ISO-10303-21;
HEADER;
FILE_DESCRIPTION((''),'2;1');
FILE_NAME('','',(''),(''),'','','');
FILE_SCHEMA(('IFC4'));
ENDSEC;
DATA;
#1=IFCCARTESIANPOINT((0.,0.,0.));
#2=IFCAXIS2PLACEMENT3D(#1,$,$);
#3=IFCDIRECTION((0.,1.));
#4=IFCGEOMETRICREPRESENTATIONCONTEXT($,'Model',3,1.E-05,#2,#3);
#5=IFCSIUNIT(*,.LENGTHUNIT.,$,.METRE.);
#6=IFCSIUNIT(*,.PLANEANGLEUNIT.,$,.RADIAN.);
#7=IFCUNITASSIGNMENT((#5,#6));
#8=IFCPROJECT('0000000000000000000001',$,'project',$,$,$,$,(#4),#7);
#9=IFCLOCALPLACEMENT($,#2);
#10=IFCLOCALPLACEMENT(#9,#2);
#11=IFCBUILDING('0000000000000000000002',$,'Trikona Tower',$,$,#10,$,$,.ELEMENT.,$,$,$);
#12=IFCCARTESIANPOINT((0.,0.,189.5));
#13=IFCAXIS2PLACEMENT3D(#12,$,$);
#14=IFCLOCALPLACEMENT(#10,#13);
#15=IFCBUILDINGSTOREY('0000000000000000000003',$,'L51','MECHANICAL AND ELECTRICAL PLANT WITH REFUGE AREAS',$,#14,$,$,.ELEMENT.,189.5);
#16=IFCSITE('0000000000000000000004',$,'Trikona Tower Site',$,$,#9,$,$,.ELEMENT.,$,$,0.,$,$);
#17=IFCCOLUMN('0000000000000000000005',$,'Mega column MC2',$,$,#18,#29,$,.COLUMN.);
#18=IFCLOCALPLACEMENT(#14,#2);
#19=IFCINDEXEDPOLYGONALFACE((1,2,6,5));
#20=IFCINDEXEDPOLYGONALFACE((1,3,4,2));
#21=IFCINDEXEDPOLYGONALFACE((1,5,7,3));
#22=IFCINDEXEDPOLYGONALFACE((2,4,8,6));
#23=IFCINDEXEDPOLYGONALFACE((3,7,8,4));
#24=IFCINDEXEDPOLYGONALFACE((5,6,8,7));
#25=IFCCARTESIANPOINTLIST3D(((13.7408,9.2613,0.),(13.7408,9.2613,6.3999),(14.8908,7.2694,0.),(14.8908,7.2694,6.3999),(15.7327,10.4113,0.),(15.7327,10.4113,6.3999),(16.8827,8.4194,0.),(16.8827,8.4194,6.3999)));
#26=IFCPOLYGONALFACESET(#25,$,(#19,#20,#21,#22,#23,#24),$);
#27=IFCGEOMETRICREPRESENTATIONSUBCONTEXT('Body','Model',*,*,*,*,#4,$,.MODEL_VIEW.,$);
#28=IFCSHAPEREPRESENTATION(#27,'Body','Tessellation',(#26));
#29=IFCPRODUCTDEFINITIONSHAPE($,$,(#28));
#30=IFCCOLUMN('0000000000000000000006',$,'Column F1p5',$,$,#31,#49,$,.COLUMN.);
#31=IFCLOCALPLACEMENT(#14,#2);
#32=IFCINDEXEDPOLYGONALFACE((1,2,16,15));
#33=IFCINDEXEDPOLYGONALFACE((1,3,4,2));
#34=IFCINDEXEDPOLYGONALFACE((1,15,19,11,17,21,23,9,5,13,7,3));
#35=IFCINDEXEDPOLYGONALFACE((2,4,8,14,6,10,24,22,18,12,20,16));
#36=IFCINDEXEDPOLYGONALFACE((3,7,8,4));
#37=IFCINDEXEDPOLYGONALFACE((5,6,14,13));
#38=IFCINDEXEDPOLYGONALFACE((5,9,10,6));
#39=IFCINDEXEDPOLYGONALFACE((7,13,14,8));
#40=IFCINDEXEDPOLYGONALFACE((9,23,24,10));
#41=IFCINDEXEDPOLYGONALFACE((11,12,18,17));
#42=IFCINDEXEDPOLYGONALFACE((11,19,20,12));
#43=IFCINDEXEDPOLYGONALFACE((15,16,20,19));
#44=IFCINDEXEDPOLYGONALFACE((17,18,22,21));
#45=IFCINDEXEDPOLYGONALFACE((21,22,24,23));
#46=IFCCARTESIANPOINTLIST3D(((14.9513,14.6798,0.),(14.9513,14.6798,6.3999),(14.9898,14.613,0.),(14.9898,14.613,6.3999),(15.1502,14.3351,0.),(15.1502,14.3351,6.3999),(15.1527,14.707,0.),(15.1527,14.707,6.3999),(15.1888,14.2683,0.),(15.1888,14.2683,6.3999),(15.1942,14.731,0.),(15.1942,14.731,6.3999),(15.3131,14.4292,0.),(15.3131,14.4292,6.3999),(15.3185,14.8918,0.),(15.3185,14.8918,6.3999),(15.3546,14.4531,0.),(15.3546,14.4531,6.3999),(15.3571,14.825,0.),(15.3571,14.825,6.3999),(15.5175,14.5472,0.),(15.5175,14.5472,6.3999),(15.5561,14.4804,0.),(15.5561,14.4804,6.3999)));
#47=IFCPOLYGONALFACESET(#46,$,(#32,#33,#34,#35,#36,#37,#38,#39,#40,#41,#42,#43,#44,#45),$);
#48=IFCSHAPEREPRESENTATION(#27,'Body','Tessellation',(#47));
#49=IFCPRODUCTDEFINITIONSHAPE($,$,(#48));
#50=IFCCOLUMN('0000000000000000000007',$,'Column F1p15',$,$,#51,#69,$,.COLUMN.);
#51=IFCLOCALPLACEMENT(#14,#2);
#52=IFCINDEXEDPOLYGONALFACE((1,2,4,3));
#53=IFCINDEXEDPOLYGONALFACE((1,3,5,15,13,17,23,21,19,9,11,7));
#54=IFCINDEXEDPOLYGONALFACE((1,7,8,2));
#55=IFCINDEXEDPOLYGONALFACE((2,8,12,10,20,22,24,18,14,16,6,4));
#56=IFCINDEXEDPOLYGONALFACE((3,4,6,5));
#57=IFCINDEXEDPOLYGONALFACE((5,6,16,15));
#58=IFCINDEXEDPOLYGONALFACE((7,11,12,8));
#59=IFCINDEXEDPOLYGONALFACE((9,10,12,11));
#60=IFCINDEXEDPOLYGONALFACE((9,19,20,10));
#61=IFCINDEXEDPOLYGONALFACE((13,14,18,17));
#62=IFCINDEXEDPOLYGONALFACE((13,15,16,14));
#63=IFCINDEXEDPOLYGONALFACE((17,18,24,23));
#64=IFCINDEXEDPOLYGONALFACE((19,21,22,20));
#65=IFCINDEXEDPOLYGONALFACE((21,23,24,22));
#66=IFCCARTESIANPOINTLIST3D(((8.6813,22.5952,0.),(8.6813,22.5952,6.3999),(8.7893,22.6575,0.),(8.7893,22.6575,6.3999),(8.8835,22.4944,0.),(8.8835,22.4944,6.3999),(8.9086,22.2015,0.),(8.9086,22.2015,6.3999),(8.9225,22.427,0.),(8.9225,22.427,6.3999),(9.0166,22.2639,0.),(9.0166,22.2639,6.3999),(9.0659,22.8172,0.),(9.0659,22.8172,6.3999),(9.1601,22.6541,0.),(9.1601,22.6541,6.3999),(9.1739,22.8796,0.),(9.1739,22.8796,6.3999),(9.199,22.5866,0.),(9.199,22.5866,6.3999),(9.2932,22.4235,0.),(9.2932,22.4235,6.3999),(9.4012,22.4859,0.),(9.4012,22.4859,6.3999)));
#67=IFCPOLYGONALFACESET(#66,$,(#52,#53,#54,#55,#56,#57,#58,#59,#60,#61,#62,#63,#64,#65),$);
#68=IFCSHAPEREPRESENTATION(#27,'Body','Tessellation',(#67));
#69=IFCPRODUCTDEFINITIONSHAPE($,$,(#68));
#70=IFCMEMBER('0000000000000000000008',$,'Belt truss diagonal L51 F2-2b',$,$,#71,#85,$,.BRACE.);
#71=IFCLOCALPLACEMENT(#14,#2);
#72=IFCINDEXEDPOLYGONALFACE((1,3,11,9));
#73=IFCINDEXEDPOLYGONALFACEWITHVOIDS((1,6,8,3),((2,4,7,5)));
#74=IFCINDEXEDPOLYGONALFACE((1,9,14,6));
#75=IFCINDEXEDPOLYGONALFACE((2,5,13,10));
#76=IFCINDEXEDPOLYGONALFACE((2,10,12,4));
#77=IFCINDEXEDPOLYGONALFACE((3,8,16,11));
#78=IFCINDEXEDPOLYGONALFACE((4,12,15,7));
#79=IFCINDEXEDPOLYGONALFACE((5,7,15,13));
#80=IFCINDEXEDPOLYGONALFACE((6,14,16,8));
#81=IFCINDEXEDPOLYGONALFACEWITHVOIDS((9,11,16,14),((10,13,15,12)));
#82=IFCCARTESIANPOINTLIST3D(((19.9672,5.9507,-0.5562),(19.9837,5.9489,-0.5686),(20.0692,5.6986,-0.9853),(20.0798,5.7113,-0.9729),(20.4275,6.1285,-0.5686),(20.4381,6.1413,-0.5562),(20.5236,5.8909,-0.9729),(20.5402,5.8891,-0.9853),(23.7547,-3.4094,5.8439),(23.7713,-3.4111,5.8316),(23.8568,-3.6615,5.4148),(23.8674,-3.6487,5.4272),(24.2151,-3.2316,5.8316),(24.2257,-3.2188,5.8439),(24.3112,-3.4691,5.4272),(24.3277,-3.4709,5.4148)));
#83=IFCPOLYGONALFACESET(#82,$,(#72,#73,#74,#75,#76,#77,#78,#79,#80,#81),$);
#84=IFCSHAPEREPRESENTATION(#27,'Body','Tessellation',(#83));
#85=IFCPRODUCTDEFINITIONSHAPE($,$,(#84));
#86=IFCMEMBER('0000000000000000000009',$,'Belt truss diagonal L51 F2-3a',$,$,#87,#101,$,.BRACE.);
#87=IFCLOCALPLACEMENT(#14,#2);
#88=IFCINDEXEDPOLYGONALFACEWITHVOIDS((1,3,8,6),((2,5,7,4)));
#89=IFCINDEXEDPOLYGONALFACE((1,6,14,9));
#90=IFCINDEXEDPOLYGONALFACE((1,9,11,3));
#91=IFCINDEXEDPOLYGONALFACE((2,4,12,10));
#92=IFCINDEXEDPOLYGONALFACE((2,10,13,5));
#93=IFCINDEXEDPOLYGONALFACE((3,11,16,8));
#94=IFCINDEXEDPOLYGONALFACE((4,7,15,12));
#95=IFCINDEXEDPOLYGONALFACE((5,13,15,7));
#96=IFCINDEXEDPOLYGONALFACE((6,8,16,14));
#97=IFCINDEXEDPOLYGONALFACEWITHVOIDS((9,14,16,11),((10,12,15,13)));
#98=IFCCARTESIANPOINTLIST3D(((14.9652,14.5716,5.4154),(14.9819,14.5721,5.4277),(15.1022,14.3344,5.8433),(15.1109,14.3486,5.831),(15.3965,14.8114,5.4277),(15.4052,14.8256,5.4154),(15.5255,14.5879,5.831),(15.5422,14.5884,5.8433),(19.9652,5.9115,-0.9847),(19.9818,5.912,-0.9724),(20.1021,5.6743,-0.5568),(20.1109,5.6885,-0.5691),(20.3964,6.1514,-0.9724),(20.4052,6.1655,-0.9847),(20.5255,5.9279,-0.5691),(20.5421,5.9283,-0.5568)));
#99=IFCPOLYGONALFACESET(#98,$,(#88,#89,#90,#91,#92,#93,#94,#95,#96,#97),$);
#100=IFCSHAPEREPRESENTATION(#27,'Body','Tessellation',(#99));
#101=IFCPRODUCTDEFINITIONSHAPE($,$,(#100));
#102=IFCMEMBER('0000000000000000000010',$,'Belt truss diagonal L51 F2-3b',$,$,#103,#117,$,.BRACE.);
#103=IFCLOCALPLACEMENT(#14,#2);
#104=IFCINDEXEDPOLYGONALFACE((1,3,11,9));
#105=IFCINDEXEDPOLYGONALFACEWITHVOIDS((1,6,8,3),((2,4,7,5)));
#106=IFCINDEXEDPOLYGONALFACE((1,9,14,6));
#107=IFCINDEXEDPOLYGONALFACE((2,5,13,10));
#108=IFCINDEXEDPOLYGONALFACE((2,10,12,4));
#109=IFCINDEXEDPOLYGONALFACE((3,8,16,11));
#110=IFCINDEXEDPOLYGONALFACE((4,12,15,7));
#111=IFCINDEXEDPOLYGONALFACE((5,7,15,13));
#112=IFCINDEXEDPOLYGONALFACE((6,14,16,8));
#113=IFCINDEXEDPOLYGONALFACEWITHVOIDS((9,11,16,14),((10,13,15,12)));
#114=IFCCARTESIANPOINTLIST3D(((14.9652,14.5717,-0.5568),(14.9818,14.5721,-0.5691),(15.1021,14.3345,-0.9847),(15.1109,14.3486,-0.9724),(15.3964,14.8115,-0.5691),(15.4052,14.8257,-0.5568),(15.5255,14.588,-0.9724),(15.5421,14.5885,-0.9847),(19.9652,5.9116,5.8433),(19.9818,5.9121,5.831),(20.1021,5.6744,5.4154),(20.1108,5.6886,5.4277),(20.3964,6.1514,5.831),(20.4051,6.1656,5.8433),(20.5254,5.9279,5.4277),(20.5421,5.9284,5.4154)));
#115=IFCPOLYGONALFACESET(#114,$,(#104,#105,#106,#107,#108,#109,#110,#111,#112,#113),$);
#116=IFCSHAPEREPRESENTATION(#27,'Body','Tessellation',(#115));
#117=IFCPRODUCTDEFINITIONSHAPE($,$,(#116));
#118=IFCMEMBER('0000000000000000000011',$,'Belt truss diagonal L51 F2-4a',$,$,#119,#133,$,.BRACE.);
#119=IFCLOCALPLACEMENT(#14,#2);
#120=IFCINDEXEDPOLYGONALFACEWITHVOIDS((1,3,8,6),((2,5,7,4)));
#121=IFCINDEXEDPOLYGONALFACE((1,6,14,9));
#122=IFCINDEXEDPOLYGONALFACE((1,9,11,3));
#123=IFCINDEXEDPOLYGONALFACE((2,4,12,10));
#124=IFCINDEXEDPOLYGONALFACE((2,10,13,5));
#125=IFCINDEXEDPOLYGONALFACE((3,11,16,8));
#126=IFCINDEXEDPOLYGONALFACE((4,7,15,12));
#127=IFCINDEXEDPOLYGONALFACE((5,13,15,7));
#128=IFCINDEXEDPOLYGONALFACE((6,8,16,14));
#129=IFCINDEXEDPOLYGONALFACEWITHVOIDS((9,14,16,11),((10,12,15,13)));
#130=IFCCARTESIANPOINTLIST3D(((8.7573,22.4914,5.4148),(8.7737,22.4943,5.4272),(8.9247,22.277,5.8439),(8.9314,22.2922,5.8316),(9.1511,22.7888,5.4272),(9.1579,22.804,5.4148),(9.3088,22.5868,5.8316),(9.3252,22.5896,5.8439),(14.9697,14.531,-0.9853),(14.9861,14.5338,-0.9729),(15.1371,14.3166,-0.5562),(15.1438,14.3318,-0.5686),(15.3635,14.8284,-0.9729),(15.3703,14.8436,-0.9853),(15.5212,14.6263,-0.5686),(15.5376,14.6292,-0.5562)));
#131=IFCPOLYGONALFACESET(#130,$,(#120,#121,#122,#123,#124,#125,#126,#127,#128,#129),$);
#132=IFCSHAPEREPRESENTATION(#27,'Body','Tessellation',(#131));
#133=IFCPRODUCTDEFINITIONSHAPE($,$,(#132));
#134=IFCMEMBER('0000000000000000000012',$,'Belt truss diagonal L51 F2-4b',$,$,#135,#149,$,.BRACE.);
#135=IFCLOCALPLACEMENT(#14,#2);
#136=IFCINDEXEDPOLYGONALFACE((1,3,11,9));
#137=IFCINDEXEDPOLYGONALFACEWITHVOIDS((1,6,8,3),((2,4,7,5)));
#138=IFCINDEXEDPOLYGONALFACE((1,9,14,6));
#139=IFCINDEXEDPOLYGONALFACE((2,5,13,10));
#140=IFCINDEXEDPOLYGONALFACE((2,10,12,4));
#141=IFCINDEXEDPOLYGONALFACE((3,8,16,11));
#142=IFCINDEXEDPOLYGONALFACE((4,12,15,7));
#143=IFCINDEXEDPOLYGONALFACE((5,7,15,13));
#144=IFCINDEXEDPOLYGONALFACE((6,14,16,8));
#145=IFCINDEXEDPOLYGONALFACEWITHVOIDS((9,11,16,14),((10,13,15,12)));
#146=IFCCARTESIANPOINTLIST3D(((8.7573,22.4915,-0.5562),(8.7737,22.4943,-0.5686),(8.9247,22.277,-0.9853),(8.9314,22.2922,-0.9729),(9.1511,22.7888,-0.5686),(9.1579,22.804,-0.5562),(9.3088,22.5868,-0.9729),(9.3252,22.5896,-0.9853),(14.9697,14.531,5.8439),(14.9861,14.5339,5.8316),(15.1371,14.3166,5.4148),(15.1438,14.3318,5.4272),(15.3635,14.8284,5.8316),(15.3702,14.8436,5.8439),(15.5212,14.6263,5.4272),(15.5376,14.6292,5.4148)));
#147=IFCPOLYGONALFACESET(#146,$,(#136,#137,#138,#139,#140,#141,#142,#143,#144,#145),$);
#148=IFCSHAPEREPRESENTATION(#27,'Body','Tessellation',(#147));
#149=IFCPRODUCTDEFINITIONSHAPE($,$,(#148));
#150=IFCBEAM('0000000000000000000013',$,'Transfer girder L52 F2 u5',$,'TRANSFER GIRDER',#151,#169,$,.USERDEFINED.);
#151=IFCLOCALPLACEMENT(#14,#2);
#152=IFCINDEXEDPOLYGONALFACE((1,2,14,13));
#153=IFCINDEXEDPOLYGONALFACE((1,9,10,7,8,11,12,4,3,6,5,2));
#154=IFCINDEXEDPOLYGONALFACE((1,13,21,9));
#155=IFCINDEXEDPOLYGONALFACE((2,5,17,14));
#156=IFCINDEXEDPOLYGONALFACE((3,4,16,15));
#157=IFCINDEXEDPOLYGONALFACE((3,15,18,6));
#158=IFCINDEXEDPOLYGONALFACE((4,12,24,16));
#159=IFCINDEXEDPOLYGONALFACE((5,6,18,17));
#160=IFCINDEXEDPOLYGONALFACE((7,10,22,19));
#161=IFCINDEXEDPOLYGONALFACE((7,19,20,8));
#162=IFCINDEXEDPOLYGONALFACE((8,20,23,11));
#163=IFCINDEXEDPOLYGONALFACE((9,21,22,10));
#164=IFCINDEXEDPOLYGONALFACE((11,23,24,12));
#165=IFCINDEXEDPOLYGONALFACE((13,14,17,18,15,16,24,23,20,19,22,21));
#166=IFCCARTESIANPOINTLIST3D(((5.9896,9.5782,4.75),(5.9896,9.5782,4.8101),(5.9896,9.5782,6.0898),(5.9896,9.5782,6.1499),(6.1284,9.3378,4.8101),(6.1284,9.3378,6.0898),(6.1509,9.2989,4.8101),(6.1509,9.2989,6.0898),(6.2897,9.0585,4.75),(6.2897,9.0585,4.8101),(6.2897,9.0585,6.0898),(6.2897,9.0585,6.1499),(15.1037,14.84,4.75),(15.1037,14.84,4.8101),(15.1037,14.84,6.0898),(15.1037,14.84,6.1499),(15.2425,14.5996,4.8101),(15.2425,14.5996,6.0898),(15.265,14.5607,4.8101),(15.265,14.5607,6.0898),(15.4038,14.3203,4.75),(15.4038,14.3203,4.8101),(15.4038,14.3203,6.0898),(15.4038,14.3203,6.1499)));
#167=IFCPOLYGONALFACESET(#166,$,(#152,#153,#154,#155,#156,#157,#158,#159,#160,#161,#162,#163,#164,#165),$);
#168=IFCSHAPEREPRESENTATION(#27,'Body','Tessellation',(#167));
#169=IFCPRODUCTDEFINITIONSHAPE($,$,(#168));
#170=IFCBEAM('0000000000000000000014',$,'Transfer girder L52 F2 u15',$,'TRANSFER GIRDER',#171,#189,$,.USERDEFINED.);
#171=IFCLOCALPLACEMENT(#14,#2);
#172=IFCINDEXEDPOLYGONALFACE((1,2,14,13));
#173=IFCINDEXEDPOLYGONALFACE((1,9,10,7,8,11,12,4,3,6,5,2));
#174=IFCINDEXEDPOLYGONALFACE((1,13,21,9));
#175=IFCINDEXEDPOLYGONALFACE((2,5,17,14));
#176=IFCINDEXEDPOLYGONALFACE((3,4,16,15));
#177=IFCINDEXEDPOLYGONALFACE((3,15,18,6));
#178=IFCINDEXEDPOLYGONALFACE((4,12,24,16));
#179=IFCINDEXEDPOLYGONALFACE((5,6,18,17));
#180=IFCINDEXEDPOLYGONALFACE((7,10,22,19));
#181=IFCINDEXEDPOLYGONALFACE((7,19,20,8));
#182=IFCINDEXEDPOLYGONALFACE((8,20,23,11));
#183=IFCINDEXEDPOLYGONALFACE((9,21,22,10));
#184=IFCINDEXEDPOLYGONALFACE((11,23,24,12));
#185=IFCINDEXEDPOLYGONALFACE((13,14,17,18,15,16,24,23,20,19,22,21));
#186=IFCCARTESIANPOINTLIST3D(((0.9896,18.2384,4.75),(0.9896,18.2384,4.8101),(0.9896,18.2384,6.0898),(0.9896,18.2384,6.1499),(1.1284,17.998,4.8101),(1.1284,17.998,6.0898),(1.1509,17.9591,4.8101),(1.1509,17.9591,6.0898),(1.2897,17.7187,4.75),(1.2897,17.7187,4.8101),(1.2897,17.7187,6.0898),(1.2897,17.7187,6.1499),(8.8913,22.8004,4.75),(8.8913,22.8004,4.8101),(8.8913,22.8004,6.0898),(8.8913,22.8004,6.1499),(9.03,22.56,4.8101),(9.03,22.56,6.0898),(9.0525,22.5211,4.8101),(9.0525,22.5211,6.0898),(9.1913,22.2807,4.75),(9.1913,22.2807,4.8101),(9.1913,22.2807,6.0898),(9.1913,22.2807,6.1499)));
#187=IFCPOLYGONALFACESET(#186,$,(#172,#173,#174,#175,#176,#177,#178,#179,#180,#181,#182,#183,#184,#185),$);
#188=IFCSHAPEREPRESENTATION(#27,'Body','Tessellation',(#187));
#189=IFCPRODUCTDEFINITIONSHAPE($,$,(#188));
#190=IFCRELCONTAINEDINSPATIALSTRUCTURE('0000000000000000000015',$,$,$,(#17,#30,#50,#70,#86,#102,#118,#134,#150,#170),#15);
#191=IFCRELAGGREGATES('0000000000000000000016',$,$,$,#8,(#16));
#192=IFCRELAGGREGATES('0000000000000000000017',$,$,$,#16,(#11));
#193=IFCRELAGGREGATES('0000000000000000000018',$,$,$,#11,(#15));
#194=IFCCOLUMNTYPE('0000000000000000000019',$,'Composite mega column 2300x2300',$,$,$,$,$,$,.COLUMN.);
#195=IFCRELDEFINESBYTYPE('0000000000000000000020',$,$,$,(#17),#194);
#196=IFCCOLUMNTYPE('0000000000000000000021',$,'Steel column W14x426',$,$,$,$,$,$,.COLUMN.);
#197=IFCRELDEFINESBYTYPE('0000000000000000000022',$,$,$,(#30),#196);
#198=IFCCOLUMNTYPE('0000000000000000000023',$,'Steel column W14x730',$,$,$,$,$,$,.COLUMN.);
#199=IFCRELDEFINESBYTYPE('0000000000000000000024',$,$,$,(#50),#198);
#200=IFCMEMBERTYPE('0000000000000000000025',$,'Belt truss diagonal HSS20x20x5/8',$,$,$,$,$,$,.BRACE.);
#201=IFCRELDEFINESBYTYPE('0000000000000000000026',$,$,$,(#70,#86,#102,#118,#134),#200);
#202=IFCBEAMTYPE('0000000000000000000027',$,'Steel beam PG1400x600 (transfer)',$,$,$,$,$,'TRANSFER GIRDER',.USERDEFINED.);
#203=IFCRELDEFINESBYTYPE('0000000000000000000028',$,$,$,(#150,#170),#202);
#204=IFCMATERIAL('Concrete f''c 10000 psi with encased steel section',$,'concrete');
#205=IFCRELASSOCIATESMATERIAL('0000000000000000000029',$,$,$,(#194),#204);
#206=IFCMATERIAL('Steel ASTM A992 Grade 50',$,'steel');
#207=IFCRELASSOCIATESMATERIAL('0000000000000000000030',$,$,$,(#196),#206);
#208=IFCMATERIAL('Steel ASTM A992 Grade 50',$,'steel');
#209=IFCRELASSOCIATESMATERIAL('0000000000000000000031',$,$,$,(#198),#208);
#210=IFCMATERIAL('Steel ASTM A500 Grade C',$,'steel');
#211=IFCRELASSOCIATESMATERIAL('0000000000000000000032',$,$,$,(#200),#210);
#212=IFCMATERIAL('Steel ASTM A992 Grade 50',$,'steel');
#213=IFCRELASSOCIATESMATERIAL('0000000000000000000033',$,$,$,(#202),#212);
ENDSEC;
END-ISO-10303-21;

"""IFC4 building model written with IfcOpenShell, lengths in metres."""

from ifc_helpers import new_model, si_unit, direction, frame, origin, origin_2d, place, context, subcontext, project, spatial, rectangle, hollow_rectangle, i_section, extrude, material, material_profile, profile_set, type_object, element, save


model = new_model("IFC4")

# Units and contexts
model_context = context("Model", 3, precision=1e-05, world=origin(), true_north=direction((0.0, 1.0)))
body_context = subcontext(model_context, "Body", "Model", "MODEL_VIEW")
ifc_project = project(units=[si_unit("LENGTHUNIT", "METRE"), si_unit("PLANEANGLEUNIT", "RADIAN")], contexts=[model_context])

# Site, building, storey
site_placement = place(None, origin())
site = spatial("IfcSite", under=ifc_project, at=site_placement, Name="Trikona Tower Site", CompositionType="ELEMENT", RefElevation=0.0)
building_placement = place(site_placement, origin())
building = spatial("IfcBuilding", under=site, at=building_placement, Name="Trikona Tower", CompositionType="ELEMENT")
storey_placement = place(building_placement, frame((0.0, 0.0, 189.5)))
storey = spatial("IfcBuildingStorey", under=building, at=storey_placement, Name="L51", Description="MECHANICAL AND ELECTRICAL PLANT WITH REFUGE AREAS", CompositionType="ELEMENT", Elevation=189.5)

# Columns
ifc_material_1 = material(Name="Concrete f'c 10000 psi with encased steel section", Category="concrete")
ifc_material_profile_1 = material_profile(ifc_material_1, rectangle(XDim=2.3, YDim=2.3, at=origin_2d()), Name="MC2300")
ifc_profile_set_1 = profile_set([ifc_material_profile_1], Name="Concrete f'c 10000 psi with encased steel section")
column_type_1 = type_object("IfcColumnType", Name="Composite mega column 2300x2300", PredefinedType="COLUMN", material=ifc_profile_set_1)
column_1_placement = place(storey_placement, frame((15.3118, 8.8403, 0.0), z_axis=(0.0, 0.0, 1.0), x_axis=(0.866025, 0.5, 0.0)))
element("IfcColumn", 1, at=column_1_placement, inside=storey, type_object=column_type_1, Name="Mega column MC2", PredefinedType="COLUMN", context=body_context, shape_type="SweptSolid", body=[
    extrude(rectangle(XDim=2.3, YDim=2.3, at=origin_2d()), origin(), (0.0, 0.0, 1.0), 6.3999),
])
ifc_material_2 = material(Name="Steel ASTM A992 Grade 50", Category="steel")
ifc_material_profile_2 = material_profile(ifc_material_2, i_section(OverallWidth=0.4241, OverallDepth=0.4751, WebThickness=0.0479, FlangeThickness=0.0771, at=origin_2d()), Name="W14X426")
ifc_profile_set_2 = profile_set([ifc_material_profile_2], Name="Steel ASTM A992 Grade 50")
column_type_2 = type_object("IfcColumnType", Name="Steel column W14x426", PredefinedType="COLUMN", material=ifc_profile_set_2)
column_2_placement = place(storey_placement, frame((15.2537, 14.5801, 0.0), z_axis=(0.0, 0.0, 1.0), x_axis=(0.866025, 0.5, 0.0)))
element("IfcColumn", 2, at=column_2_placement, inside=storey, type_object=column_type_2, Name="Column F1p5", PredefinedType="COLUMN", context=body_context, shape_type="SweptSolid", body=[
    extrude(i_section(OverallWidth=0.4241, OverallDepth=0.4751, WebThickness=0.0479, FlangeThickness=0.0771, at=origin_2d()), origin(), (0.0, 0.0, 1.0), 6.3999),
])
ifc_material_3 = material(Name="Steel ASTM A992 Grade 50", Category="steel")
ifc_material_profile_3 = material_profile(ifc_material_3, i_section(OverallWidth=0.4546, OverallDepth=0.5688, WebThickness=0.0779, FlangeThickness=0.1248, at=origin_2d()), Name="W14X730")
ifc_profile_set_3 = profile_set([ifc_material_profile_3], Name="Steel ASTM A992 Grade 50")
column_type_3 = type_object("IfcColumnType", Name="Steel column W14x730", PredefinedType="COLUMN", material=ifc_profile_set_3)
column_3_placement = place(storey_placement, frame((9.0413, 22.5405, 0.0), z_axis=(0.0, 0.0, 1.0), x_axis=(-0.5, 0.866025, 0.0)))
element("IfcColumn", 3, at=column_3_placement, inside=storey, type_object=column_type_3, Name="Column F1p15", PredefinedType="COLUMN", context=body_context, shape_type="SweptSolid", body=[
    extrude(i_section(OverallWidth=0.4546, OverallDepth=0.5688, WebThickness=0.0779, FlangeThickness=0.1248, at=origin_2d()), origin(), (0.0, 0.0, 1.0), 6.3999),
])

# Members
ifc_material_4 = material(Name="Steel ASTM A500 Grade C", Category="steel")
ifc_material_profile_4 = material_profile(ifc_material_4, hollow_rectangle(XDim=0.5081, YDim=0.5081, WallThickness=0.0146, at=origin_2d()), Name="HSS20X20X5/8")
ifc_profile_set_4 = profile_set([ifc_material_profile_4], Name="Steel ASTM A500 Grade C")
member_type = type_object("IfcMemberType", Name="Belt truss diagonal HSS20x20x5/8", PredefinedType="BRACE", material=ifc_profile_set_4)
member_placement = place(storey_placement, frame((20.2537, 5.9199, -0.7708), z_axis=(0.316824, -0.782952, 0.535358), x_axis=(0.926982, 0.375106, 0.0)))
element("IfcMember", 4, at=member_placement, inside=storey, type_object=member_type, Name="Belt truss diagonal L51 F2-2b", PredefinedType="BRACE", context=body_context, shape_type="SweptSolid", body=[
    extrude(hollow_rectangle(XDim=0.5081, YDim=0.5081, WallThickness=0.0146, at=origin_2d()), origin(), (0.0, 0.0, 1.0), 11.9548),
])
for number, where, z_axis, x_axis, name in (
    (5, (20.2537, 5.9199, -0.7708), (-0.421135, 0.72942, 0.539066), (-0.866023, -0.500004, 0.0), "Belt truss diagonal L51 F2-3a"),
    (6, (15.2537, 14.5801, -0.7708), (0.421135, -0.72942, 0.539066), (0.866023, 0.500004, 0.0), "Belt truss diagonal L51 F2-3b"),
):
    element("IfcMember", number, at=place(storey_placement, frame(where, z_axis=z_axis, x_axis=x_axis)), inside=storey, type_object=member_type, Name=name, PredefinedType="BRACE", context=body_context, shape_type="SweptSolid", body=[
        extrude(hollow_rectangle(XDim=0.5081, YDim=0.5081, WallThickness=0.0146, at=origin_2d()), origin(), (0.0, 0.0, 1.0), 11.8726),
    ])
for number, where, z_axis, x_axis, name in (
    (7, (15.2537, 14.5801, -0.7708), (-0.519644, 0.665862, 0.535348), (-0.788346, -0.615232, 0.0), "Belt truss diagonal L51 F2-4a"),
    (8, (9.0413, 22.5405, -0.7708), (0.519644, -0.665862, 0.535348), (0.788346, 0.615232, 0.0), "Belt truss diagonal L51 F2-4b"),
):
    element("IfcMember", number, at=place(storey_placement, frame(where, z_axis=z_axis, x_axis=x_axis)), inside=storey, type_object=member_type, Name=name, PredefinedType="BRACE", context=body_context, shape_type="SweptSolid", body=[
        extrude(hollow_rectangle(XDim=0.5081, YDim=0.5081, WallThickness=0.0146, at=origin_2d()), origin(), (0.0, 0.0, 1.0), 11.9551),
    ])

# Beams
ifc_material_5 = material(Name="Steel ASTM A992 Grade 50", Category="steel")
ifc_material_profile_5 = material_profile(ifc_material_5, i_section(OverallWidth=0.6001, OverallDepth=1.3999, WebThickness=0.0449, FlangeThickness=0.0601, at=origin_2d()), Name="PG1400X600")
ifc_profile_set_5 = profile_set([ifc_material_profile_5], Name="Steel ASTM A992 Grade 50")
beam_type_1 = type_object("IfcBeamType", Name="Steel beam PG1400x600 (transfer)", ElementType="TRANSFER GIRDER", PredefinedType="USERDEFINED", material=ifc_profile_set_5)
beam_1_placement = place(storey_placement, frame((6.1396, 9.3184, 5.45), z_axis=(0.866036, 0.499982, 0.0), x_axis=(-0.499982, 0.866036, 0.0)))
element("IfcBeam", 9, at=beam_1_placement, inside=storey, type_object=beam_type_1, Name="Transfer girder L52 F2 u5", ObjectType="TRANSFER GIRDER", PredefinedType="USERDEFINED", context=body_context, shape_type="SweptSolid", body=[
    extrude(i_section(OverallWidth=0.6001, OverallDepth=1.3999, WebThickness=0.0449, FlangeThickness=0.0601, at=origin_2d()), origin(), (0.0, 0.0, 1.0), 10.5239),
])
beam_2_placement = place(storey_placement, frame((1.1396, 17.9785, 5.45), z_axis=(0.866025, 0.500001, 0.0), x_axis=(-0.500001, 0.866025, 0.0)))
element("IfcBeam", 10, at=beam_2_placement, inside=storey, type_object=beam_type_1, Name="Transfer girder L52 F2 u15", ObjectType="TRANSFER GIRDER", PredefinedType="USERDEFINED", context=body_context, shape_type="SweptSolid", body=[
    extrude(i_section(OverallWidth=0.6001, OverallDepth=1.3999, WebThickness=0.0449, FlangeThickness=0.0601, at=origin_2d()), origin(), (0.0, 0.0, 1.0), 9.124),
])

save(model, "model.ifc")
